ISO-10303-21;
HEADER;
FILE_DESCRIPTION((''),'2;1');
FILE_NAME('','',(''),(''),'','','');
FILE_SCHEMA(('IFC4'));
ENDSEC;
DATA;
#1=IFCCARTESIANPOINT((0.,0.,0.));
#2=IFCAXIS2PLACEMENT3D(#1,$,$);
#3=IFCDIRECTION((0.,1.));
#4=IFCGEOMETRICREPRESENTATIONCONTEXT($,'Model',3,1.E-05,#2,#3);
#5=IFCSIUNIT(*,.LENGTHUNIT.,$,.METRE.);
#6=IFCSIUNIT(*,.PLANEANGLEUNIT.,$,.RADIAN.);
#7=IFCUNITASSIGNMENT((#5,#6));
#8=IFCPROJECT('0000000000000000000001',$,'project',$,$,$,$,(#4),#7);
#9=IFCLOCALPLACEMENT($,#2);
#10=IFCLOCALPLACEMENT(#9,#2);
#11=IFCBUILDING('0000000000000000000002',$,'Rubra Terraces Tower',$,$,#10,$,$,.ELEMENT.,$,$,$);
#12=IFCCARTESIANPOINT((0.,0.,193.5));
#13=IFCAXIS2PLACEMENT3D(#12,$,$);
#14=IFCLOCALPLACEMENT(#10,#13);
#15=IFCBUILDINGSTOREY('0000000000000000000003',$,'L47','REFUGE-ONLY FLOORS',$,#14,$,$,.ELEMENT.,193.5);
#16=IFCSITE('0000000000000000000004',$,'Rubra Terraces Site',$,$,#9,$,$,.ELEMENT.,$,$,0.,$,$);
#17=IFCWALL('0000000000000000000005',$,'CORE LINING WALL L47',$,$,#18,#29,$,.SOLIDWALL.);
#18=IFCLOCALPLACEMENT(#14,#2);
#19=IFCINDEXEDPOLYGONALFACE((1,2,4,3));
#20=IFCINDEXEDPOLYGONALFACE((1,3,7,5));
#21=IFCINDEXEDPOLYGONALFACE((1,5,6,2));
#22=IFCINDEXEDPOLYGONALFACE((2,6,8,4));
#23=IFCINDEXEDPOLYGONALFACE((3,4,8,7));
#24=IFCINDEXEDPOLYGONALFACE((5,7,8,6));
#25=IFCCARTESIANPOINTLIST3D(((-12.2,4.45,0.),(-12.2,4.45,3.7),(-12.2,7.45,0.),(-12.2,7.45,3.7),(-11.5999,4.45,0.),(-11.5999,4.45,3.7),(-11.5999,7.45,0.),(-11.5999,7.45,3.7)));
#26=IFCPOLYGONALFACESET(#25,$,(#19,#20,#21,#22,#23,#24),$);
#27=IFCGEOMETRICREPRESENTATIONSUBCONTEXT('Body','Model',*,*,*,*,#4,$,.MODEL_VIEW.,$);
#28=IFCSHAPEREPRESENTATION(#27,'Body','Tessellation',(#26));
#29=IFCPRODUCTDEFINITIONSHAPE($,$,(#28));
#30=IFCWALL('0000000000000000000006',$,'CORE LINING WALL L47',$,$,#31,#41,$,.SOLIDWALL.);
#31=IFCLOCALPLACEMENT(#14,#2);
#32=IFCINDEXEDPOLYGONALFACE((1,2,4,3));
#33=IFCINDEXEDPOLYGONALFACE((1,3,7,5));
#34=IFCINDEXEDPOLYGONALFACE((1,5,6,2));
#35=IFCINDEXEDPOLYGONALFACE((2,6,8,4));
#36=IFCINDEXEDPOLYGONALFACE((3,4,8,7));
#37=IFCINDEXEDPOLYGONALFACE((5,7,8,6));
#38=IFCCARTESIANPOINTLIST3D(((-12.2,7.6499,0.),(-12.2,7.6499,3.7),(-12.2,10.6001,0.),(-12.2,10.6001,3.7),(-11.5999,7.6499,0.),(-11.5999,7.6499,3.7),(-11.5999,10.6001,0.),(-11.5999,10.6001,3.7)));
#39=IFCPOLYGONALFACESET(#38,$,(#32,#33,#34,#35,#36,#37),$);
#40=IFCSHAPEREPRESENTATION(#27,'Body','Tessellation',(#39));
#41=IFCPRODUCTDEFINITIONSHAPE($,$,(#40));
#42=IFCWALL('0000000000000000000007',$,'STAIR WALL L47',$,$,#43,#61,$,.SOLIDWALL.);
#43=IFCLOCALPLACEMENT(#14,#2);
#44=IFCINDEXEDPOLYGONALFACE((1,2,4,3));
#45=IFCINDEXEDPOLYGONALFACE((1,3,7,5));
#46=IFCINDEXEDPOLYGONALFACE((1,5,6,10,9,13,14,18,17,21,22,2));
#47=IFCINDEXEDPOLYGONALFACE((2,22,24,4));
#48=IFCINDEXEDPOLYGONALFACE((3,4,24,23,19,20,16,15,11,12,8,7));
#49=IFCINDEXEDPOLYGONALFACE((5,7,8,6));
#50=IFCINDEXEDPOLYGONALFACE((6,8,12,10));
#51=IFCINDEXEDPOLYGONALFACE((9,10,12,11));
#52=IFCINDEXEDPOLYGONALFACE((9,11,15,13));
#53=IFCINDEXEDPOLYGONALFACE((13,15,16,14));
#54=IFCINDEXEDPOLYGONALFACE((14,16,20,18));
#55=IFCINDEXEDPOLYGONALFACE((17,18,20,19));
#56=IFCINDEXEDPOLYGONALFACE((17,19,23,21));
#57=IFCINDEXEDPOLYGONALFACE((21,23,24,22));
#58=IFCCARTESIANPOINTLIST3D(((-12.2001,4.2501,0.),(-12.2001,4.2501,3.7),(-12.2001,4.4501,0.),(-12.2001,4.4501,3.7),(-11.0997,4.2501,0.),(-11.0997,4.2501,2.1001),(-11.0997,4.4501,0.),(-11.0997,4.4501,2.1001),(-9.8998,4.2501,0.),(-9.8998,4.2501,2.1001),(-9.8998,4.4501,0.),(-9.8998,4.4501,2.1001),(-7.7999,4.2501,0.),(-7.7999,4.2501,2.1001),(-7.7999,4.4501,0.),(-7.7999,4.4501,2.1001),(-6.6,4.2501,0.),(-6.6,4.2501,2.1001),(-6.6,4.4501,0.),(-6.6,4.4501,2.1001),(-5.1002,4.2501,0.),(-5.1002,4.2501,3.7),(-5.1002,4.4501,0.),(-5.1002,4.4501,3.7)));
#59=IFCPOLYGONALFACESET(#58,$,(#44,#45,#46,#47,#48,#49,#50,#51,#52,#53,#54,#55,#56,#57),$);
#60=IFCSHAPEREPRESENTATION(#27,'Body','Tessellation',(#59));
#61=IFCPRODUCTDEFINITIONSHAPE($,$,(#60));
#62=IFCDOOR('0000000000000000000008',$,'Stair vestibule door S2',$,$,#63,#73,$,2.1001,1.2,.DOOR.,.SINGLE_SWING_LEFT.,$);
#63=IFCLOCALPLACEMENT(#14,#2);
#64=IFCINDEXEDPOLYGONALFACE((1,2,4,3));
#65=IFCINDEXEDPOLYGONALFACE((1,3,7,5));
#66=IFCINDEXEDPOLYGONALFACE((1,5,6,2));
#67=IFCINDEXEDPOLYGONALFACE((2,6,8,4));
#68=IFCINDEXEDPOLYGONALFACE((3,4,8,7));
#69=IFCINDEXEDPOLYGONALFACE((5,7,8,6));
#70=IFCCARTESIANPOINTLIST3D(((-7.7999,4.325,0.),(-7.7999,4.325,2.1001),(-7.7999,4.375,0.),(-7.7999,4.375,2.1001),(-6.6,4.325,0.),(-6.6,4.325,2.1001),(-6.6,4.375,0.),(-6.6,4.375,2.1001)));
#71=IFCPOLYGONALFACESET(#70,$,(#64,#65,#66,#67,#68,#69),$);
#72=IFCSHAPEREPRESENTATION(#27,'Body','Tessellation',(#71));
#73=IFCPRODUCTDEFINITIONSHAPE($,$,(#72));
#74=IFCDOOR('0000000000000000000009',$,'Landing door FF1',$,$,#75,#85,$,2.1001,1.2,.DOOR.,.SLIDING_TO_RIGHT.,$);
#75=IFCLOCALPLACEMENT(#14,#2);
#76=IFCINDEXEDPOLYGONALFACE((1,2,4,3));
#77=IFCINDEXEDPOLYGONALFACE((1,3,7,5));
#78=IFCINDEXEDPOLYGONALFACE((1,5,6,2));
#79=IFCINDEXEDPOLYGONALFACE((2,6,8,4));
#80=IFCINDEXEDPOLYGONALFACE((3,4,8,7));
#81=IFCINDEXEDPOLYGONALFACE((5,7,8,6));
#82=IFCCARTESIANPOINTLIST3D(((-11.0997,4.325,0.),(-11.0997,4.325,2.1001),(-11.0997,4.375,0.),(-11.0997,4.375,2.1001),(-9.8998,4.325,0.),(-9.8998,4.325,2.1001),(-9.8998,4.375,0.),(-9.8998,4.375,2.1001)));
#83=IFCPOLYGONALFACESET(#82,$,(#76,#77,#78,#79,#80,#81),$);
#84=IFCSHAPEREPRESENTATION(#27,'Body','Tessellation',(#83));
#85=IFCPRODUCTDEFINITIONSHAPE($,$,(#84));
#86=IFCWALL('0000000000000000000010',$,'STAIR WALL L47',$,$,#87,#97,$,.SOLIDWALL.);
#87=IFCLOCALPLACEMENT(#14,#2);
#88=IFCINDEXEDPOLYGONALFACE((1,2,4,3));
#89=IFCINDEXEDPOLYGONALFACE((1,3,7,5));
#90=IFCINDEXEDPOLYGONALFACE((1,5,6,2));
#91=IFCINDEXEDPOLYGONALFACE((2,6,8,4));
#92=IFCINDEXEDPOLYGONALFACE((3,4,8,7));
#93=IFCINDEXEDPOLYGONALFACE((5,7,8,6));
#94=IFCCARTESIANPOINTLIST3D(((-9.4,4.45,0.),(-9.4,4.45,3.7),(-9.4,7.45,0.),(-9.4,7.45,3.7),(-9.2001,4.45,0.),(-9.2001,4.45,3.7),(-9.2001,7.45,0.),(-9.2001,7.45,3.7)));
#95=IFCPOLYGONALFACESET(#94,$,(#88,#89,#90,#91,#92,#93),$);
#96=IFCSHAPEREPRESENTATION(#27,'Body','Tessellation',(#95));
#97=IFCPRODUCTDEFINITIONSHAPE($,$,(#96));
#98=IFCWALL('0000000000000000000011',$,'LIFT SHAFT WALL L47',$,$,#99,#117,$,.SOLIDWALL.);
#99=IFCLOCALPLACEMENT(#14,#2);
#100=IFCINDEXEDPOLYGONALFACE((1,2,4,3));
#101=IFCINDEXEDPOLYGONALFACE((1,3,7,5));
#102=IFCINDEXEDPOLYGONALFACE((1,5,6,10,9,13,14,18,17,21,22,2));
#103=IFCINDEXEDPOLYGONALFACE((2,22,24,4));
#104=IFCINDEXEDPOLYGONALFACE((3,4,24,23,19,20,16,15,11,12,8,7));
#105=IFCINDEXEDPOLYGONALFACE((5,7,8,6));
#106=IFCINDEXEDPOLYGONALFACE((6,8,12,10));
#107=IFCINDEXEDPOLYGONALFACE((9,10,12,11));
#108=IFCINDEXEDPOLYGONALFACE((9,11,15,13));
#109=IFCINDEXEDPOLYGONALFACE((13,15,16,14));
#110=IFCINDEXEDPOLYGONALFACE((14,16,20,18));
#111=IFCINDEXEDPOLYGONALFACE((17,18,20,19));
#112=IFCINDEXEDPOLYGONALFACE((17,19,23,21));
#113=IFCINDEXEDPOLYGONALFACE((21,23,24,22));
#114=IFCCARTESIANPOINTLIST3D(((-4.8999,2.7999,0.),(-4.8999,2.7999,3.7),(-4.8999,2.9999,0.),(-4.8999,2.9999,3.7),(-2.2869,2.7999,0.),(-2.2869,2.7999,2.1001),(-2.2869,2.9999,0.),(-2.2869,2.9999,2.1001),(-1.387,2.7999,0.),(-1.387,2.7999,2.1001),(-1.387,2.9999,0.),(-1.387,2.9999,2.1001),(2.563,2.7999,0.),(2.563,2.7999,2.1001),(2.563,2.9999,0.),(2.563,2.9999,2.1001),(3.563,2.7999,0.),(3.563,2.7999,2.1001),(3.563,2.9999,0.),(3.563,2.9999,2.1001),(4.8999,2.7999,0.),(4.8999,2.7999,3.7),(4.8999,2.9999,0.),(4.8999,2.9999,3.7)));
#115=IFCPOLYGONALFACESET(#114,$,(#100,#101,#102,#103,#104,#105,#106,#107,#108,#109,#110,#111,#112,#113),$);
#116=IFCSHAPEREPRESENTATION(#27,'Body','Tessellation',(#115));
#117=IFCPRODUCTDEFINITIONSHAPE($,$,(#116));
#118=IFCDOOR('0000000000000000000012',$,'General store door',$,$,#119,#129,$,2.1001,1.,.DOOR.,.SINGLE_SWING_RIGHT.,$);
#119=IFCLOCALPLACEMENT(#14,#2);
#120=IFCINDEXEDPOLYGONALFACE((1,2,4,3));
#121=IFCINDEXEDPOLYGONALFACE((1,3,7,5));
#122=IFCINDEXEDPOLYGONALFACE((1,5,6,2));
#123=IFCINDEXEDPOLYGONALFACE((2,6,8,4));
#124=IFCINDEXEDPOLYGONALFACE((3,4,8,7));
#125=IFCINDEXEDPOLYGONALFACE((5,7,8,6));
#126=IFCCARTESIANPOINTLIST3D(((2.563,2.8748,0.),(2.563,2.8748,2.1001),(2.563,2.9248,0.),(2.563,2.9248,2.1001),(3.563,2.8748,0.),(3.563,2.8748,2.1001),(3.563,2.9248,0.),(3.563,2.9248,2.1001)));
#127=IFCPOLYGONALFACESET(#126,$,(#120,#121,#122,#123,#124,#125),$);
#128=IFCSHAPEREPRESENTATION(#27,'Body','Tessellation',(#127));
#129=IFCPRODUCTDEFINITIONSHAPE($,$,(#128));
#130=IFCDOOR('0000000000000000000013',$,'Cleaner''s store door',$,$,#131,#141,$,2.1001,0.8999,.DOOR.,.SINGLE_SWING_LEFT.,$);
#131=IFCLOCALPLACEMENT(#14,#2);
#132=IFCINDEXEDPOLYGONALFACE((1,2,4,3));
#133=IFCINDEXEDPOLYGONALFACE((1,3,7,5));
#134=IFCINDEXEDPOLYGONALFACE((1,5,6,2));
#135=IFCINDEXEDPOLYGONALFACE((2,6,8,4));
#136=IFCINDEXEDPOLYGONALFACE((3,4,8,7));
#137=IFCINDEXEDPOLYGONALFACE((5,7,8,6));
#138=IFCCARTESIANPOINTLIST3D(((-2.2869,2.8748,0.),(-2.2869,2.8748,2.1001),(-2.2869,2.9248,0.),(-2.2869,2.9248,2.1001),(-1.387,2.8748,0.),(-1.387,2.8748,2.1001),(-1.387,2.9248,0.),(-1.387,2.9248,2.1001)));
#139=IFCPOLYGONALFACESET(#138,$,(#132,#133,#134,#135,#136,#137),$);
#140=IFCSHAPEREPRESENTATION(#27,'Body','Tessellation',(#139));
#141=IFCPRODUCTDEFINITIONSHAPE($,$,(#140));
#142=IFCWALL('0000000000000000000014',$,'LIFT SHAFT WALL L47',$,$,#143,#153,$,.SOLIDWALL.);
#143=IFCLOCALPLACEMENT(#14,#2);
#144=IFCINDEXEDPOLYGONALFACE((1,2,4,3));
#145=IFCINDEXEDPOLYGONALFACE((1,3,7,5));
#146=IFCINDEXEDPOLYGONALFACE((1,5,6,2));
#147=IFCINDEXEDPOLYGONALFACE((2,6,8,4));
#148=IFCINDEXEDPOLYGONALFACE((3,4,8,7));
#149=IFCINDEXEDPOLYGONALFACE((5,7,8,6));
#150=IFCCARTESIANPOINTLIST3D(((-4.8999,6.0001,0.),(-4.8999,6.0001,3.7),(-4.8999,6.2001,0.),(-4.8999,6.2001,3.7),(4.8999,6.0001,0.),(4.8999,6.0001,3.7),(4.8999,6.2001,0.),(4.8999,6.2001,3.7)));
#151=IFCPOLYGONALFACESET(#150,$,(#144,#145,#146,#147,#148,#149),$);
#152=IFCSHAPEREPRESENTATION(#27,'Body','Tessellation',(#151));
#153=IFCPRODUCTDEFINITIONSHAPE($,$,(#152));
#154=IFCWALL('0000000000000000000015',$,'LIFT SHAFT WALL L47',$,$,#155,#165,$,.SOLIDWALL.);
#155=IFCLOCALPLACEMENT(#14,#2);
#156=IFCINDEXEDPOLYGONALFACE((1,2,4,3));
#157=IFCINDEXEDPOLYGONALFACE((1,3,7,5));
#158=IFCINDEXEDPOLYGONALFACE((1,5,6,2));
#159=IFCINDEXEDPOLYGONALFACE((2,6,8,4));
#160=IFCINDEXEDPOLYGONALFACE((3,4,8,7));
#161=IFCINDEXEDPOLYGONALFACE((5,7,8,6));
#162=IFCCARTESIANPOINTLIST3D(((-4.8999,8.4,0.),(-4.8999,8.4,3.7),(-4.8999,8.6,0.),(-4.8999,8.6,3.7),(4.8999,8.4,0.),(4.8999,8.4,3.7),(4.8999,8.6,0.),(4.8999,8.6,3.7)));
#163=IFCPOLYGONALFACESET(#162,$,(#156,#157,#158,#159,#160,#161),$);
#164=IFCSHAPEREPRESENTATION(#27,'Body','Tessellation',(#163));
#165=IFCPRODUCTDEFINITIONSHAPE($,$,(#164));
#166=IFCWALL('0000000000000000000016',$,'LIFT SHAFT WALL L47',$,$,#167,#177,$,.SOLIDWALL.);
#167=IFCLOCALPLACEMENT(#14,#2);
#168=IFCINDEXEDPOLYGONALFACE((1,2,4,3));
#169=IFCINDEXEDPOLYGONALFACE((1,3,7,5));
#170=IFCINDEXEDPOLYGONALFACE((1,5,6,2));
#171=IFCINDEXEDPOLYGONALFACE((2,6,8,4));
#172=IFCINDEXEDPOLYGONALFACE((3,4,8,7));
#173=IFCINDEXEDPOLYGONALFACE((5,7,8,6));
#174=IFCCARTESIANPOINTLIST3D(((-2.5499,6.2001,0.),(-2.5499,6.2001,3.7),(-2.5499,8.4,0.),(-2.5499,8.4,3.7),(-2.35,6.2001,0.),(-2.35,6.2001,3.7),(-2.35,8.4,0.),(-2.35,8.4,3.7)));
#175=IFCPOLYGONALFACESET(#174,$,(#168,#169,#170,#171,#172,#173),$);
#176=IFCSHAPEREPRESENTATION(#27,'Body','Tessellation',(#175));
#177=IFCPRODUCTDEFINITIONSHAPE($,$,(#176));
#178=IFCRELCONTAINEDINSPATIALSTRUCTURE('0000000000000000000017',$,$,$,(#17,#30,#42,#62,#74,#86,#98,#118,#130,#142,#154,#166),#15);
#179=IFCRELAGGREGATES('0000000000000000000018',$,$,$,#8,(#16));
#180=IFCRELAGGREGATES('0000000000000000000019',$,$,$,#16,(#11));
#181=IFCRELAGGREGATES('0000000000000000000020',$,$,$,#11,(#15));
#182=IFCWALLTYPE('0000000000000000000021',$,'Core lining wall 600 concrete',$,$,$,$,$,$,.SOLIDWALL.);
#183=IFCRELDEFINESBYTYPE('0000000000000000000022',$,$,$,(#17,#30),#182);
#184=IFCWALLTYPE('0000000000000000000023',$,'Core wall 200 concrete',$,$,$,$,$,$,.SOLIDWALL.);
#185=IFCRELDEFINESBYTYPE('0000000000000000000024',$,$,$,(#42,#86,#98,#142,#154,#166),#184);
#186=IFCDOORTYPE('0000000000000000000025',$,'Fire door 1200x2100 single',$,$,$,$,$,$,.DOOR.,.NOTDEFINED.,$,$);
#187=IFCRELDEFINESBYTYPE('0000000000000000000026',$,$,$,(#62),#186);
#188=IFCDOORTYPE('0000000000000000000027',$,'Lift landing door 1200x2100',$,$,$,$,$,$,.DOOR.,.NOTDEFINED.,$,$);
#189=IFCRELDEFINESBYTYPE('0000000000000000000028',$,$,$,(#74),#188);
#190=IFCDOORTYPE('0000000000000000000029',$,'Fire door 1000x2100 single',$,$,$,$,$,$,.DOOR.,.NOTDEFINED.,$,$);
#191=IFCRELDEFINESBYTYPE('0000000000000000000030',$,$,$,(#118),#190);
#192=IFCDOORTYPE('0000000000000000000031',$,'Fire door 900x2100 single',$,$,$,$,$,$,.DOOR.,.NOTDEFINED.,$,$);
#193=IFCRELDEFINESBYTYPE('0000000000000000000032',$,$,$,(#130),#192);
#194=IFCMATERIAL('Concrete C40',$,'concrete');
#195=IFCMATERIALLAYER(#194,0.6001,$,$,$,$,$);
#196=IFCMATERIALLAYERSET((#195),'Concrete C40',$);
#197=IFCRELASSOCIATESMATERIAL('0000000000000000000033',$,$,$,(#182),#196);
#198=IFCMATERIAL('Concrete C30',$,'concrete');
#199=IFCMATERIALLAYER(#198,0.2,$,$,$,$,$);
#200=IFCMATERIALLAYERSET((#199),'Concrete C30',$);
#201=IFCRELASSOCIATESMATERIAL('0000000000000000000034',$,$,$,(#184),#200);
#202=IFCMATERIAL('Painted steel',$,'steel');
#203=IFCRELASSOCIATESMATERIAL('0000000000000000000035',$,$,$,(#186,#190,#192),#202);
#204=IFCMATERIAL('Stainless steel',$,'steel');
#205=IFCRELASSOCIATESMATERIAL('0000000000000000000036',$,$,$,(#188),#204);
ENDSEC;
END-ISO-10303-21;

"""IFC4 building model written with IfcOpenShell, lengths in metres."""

from ifc_helpers import new_model, si_unit, direction, frame, frame_2d, origin, place, context, subcontext, project, spatial, rectangle, extrude, material, layer, layer_set, type_object, element, fill, save


model = new_model("IFC4")

# Units and contexts
model_context = context("Model", 3, precision=1e-05, world=origin(), true_north=direction((0.0, 1.0)))
body_context = subcontext(model_context, "Body", "Model", "MODEL_VIEW")
ifc_project = project(units=[si_unit("LENGTHUNIT", "METRE"), si_unit("PLANEANGLEUNIT", "RADIAN")], contexts=[model_context])

# Site, building, storey
site_placement = place(None, origin())
site = spatial("IfcSite", under=ifc_project, at=site_placement, Name="Rubra Terraces Site", CompositionType="ELEMENT", RefElevation=0.0)
building_placement = place(site_placement, origin())
building = spatial("IfcBuilding", under=site, at=building_placement, Name="Rubra Terraces Tower", CompositionType="ELEMENT")
storey_placement = place(building_placement, frame((0.0, 0.0, 193.5)))
storey = spatial("IfcBuildingStorey", under=building, at=storey_placement, Name="L47", Description="REFUGE-ONLY FLOORS", CompositionType="ELEMENT", Elevation=193.5)

# Walls
ifc_material_1 = material(Name="Concrete C40", Category="concrete")
ifc_layer_1 = layer(ifc_material_1, 0.6001)
ifc_layer_set_1 = layer_set([ifc_layer_1], Name="Concrete C40")
wall_type_1 = type_object("IfcWallType", Name="Core lining wall 600 concrete", PredefinedType="SOLIDWALL", material=ifc_layer_set_1)
wall_1_placement = place(storey_placement, frame((-11.8999, 4.45, 0.0), z_axis=(0.0, 0.0, 1.0), x_axis=(0.0, 1.0, 0.0)))
element("IfcWall", 1, at=wall_1_placement, inside=storey, type_object=wall_type_1, Name="CORE LINING WALL L47", PredefinedType="SOLIDWALL", context=body_context, shape_type="SweptSolid", body=[
    extrude(rectangle(XDim=3.0, YDim=0.6001, at=frame_2d((1.5, 0.0))), origin(), (0.0, 0.0, 1.0), 3.7),
])
wall_2_placement = place(storey_placement, frame((-11.8999, 7.6499, 0.0), z_axis=(0.0, 0.0, 1.0), x_axis=(0.0, 1.0, 0.0)))
element("IfcWall", 2, at=wall_2_placement, inside=storey, type_object=wall_type_1, Name="CORE LINING WALL L47", PredefinedType="SOLIDWALL", context=body_context, shape_type="SweptSolid", body=[
    extrude(rectangle(XDim=2.9502, YDim=0.6001, at=frame_2d((1.4751, 0.0))), origin(), (0.0, 0.0, 1.0), 3.7),
])

# Wall, openings, doors
ifc_material_2 = material(Name="Concrete C30", Category="concrete")
ifc_layer_2 = layer(ifc_material_2, 0.2)
ifc_layer_set_2 = layer_set([ifc_layer_2], Name="Concrete C30")
wall_type_2 = type_object("IfcWallType", Name="Core wall 200 concrete", PredefinedType="SOLIDWALL", material=ifc_layer_set_2)
wall_3_placement = place(storey_placement, frame((-12.2, 4.3501, 0.0), z_axis=(0.0, 0.0, 1.0), x_axis=(1.0, 0.0, 0.0)))
wall_3 = element("IfcWall", 3, at=wall_3_placement, inside=storey, type_object=wall_type_2, Name="STAIR WALL L47", PredefinedType="SOLIDWALL", context=body_context, shape_type="SweptSolid", body=[
    extrude(rectangle(XDim=7.0999, YDim=0.2, at=frame_2d((3.5498, 0.0))), origin(), (0.0, 0.0, 1.0), 3.7),
])
opening_1_placement = place(wall_3_placement, frame((4.3999, 0.0, 0.0)))
opening_1 = element("IfcOpeningElement", 4, at=opening_1_placement, cuts=wall_3, PredefinedType="OPENING", context=body_context, shape_type="SweptSolid", body=[
    extrude(rectangle(XDim=1.2, YDim=2.1001, at=frame_2d((0.6001, 1.05))), frame((0.0, 0.1099, 0.0), z_axis=(0.0, -1.0, 0.0), x_axis=(1.0, 0.0, 0.0)), (0.0, 0.0, 1.0), 0.22),
])
opening_2_placement = place(wall_3_placement, frame((1.1001, 0.0, 0.0)))
opening_2 = element("IfcOpeningElement", 5, at=opening_2_placement, cuts=wall_3, PredefinedType="OPENING", context=body_context, shape_type="SweptSolid", body=[
    extrude(rectangle(XDim=1.2, YDim=2.1001, at=frame_2d((0.6001, 1.05))), frame((0.0, 0.1099, 0.0), z_axis=(0.0, -1.0, 0.0), x_axis=(1.0, 0.0, 0.0)), (0.0, 0.0, 1.0), 0.22),
])
ifc_material_3 = material(Name="Painted steel", Category="steel")
door_type_1 = type_object("IfcDoorType", Name="Fire door 1200x2100 single", OperationType="NOTDEFINED", PredefinedType="DOOR", material=ifc_material_3)
door_1_placement = place(opening_1_placement, origin())
door_1 = element("IfcDoor", 6, at=door_1_placement, inside=storey, type_object=door_type_1, Name="Stair vestibule door S2", OperationType="SINGLE_SWING_LEFT", OverallHeight=2.1001, OverallWidth=1.2, PredefinedType="DOOR", context=body_context, shape_type="SweptSolid", body=[
    extrude(rectangle(XDim=1.2, YDim=2.1001, at=frame_2d((0.6001, 1.05))), frame((0.0, 0.0249, 0.0), z_axis=(0.0, -1.0, 0.0), x_axis=(1.0, 0.0, 0.0)), (0.0, 0.0, 1.0), 0.05),
])
fill(opening_1, door_1)
ifc_material_4 = material(Name="Stainless steel", Category="steel")
door_type_2 = type_object("IfcDoorType", Name="Lift landing door 1200x2100", OperationType="NOTDEFINED", PredefinedType="DOOR", material=ifc_material_4)
door_2_placement = place(opening_2_placement, origin())
door_2 = element("IfcDoor", 7, at=door_2_placement, inside=storey, type_object=door_type_2, Name="Landing door FF1", OperationType="SLIDING_TO_RIGHT", OverallHeight=2.1001, OverallWidth=1.2, PredefinedType="DOOR", context=body_context, shape_type="SweptSolid", body=[
    extrude(rectangle(XDim=1.2, YDim=2.1001, at=frame_2d((0.6001, 1.05))), frame((0.0, 0.0249, 0.0), z_axis=(0.0, -1.0, 0.0), x_axis=(1.0, 0.0, 0.0)), (0.0, 0.0, 1.0), 0.05),
])
fill(opening_2, door_2)

# Wall
wall_4_placement = place(storey_placement, frame((-9.3, 4.45, 0.0), z_axis=(0.0, 0.0, 1.0), x_axis=(0.0, 1.0, 0.0)))
element("IfcWall", 8, at=wall_4_placement, inside=storey, type_object=wall_type_2, Name="STAIR WALL L47", PredefinedType="SOLIDWALL", context=body_context, shape_type="SweptSolid", body=[
    extrude(rectangle(XDim=3.0, YDim=0.2, at=frame_2d((1.5, 0.0))), origin(), (0.0, 0.0, 1.0), 3.7),
])

# Wall, openings, doors
wall_5_placement = place(storey_placement, frame((-4.8999, 2.8999, 0.0), z_axis=(0.0, 0.0, 1.0), x_axis=(1.0, 0.0, 0.0)))
wall_5 = element("IfcWall", 9, at=wall_5_placement, inside=storey, type_object=wall_type_2, Name="LIFT SHAFT WALL L47", PredefinedType="SOLIDWALL", context=body_context, shape_type="SweptSolid", body=[
    extrude(rectangle(XDim=9.7998, YDim=0.2, at=frame_2d((4.8999, 0.0))), origin(), (0.0, 0.0, 1.0), 3.7),
])
opening_3_placement = place(wall_5_placement, frame((2.613, 0.0, 0.0)))
opening_3 = element("IfcOpeningElement", 10, at=opening_3_placement, cuts=wall_5, PredefinedType="OPENING", context=body_context, shape_type="SweptSolid", body=[
    extrude(rectangle(XDim=0.8999, YDim=2.1001, at=frame_2d((0.45, 1.05))), frame((0.0, 0.1099, 0.0), z_axis=(0.0, -1.0, 0.0), x_axis=(1.0, 0.0, 0.0)), (0.0, 0.0, 1.0), 0.22),
])
opening_4_placement = place(wall_5_placement, frame((7.4629, 0.0, 0.0)))
opening_4 = element("IfcOpeningElement", 11, at=opening_4_placement, cuts=wall_5, PredefinedType="OPENING", context=body_context, shape_type="SweptSolid", body=[
    extrude(rectangle(XDim=1.0, YDim=2.1001, at=frame_2d((0.5, 1.05))), frame((0.0, 0.1099, 0.0), z_axis=(0.0, -1.0, 0.0), x_axis=(1.0, 0.0, 0.0)), (0.0, 0.0, 1.0), 0.22),
])
door_type_3 = type_object("IfcDoorType", Name="Fire door 1000x2100 single", OperationType="NOTDEFINED", PredefinedType="DOOR", material=ifc_material_3)
door_3_placement = place(opening_4_placement, origin())
door_3 = element("IfcDoor", 12, at=door_3_placement, inside=storey, type_object=door_type_3, Name="General store door", OperationType="SINGLE_SWING_RIGHT", OverallHeight=2.1001, OverallWidth=1.0, PredefinedType="DOOR", context=body_context, shape_type="SweptSolid", body=[
    extrude(rectangle(XDim=1.0, YDim=2.1001, at=frame_2d((0.5, 1.05))), frame((0.0, 0.0249, 0.0), z_axis=(0.0, -1.0, 0.0), x_axis=(1.0, 0.0, 0.0)), (0.0, 0.0, 1.0), 0.05),
])
fill(opening_4, door_3)
door_type_4 = type_object("IfcDoorType", Name="Fire door 900x2100 single", OperationType="NOTDEFINED", PredefinedType="DOOR", material=ifc_material_3)
door_4_placement = place(opening_3_placement, origin())
door_4 = element("IfcDoor", 13, at=door_4_placement, inside=storey, type_object=door_type_4, Name="Cleaner's store door", OperationType="SINGLE_SWING_LEFT", OverallHeight=2.1001, OverallWidth=0.8999, PredefinedType="DOOR", context=body_context, shape_type="SweptSolid", body=[
    extrude(rectangle(XDim=0.8999, YDim=2.1001, at=frame_2d((0.45, 1.05))), frame((0.0, 0.0249, 0.0), z_axis=(0.0, -1.0, 0.0), x_axis=(1.0, 0.0, 0.0)), (0.0, 0.0, 1.0), 0.05),
])
fill(opening_3, door_4)

# Walls
for number, where, z_axis, x_axis, name in (
    (14, (-4.8999, 6.1001, 0.0), (0.0, 0.0, 1.0), (1.0, 0.0, 0.0), "LIFT SHAFT WALL L47"),
    (15, (-4.8999, 8.5, 0.0), (0.0, 0.0, 1.0), (1.0, 0.0, 0.0), "LIFT SHAFT WALL L47"),
):
    element("IfcWall", number, at=place(storey_placement, frame(where, z_axis=z_axis, x_axis=x_axis)), inside=storey, type_object=wall_type_2, Name=name, PredefinedType="SOLIDWALL", context=body_context, shape_type="SweptSolid", body=[
        extrude(rectangle(XDim=9.7998, YDim=0.2, at=frame_2d((4.8999, 0.0))), origin(), (0.0, 0.0, 1.0), 3.7),
    ])
wall_6_placement = place(storey_placement, frame((-2.45, 6.2, 0.0), z_axis=(0.0, 0.0, 1.0), x_axis=(0.0, 1.0, 0.0)))
element("IfcWall", 16, at=wall_6_placement, inside=storey, type_object=wall_type_2, Name="LIFT SHAFT WALL L47", PredefinedType="SOLIDWALL", context=body_context, shape_type="SweptSolid", body=[
    extrude(rectangle(XDim=2.2, YDim=0.2, at=frame_2d((1.1001, 0.0))), origin(), (0.0, 0.0, 1.0), 3.7),
])

save(model, "model.ifc")
